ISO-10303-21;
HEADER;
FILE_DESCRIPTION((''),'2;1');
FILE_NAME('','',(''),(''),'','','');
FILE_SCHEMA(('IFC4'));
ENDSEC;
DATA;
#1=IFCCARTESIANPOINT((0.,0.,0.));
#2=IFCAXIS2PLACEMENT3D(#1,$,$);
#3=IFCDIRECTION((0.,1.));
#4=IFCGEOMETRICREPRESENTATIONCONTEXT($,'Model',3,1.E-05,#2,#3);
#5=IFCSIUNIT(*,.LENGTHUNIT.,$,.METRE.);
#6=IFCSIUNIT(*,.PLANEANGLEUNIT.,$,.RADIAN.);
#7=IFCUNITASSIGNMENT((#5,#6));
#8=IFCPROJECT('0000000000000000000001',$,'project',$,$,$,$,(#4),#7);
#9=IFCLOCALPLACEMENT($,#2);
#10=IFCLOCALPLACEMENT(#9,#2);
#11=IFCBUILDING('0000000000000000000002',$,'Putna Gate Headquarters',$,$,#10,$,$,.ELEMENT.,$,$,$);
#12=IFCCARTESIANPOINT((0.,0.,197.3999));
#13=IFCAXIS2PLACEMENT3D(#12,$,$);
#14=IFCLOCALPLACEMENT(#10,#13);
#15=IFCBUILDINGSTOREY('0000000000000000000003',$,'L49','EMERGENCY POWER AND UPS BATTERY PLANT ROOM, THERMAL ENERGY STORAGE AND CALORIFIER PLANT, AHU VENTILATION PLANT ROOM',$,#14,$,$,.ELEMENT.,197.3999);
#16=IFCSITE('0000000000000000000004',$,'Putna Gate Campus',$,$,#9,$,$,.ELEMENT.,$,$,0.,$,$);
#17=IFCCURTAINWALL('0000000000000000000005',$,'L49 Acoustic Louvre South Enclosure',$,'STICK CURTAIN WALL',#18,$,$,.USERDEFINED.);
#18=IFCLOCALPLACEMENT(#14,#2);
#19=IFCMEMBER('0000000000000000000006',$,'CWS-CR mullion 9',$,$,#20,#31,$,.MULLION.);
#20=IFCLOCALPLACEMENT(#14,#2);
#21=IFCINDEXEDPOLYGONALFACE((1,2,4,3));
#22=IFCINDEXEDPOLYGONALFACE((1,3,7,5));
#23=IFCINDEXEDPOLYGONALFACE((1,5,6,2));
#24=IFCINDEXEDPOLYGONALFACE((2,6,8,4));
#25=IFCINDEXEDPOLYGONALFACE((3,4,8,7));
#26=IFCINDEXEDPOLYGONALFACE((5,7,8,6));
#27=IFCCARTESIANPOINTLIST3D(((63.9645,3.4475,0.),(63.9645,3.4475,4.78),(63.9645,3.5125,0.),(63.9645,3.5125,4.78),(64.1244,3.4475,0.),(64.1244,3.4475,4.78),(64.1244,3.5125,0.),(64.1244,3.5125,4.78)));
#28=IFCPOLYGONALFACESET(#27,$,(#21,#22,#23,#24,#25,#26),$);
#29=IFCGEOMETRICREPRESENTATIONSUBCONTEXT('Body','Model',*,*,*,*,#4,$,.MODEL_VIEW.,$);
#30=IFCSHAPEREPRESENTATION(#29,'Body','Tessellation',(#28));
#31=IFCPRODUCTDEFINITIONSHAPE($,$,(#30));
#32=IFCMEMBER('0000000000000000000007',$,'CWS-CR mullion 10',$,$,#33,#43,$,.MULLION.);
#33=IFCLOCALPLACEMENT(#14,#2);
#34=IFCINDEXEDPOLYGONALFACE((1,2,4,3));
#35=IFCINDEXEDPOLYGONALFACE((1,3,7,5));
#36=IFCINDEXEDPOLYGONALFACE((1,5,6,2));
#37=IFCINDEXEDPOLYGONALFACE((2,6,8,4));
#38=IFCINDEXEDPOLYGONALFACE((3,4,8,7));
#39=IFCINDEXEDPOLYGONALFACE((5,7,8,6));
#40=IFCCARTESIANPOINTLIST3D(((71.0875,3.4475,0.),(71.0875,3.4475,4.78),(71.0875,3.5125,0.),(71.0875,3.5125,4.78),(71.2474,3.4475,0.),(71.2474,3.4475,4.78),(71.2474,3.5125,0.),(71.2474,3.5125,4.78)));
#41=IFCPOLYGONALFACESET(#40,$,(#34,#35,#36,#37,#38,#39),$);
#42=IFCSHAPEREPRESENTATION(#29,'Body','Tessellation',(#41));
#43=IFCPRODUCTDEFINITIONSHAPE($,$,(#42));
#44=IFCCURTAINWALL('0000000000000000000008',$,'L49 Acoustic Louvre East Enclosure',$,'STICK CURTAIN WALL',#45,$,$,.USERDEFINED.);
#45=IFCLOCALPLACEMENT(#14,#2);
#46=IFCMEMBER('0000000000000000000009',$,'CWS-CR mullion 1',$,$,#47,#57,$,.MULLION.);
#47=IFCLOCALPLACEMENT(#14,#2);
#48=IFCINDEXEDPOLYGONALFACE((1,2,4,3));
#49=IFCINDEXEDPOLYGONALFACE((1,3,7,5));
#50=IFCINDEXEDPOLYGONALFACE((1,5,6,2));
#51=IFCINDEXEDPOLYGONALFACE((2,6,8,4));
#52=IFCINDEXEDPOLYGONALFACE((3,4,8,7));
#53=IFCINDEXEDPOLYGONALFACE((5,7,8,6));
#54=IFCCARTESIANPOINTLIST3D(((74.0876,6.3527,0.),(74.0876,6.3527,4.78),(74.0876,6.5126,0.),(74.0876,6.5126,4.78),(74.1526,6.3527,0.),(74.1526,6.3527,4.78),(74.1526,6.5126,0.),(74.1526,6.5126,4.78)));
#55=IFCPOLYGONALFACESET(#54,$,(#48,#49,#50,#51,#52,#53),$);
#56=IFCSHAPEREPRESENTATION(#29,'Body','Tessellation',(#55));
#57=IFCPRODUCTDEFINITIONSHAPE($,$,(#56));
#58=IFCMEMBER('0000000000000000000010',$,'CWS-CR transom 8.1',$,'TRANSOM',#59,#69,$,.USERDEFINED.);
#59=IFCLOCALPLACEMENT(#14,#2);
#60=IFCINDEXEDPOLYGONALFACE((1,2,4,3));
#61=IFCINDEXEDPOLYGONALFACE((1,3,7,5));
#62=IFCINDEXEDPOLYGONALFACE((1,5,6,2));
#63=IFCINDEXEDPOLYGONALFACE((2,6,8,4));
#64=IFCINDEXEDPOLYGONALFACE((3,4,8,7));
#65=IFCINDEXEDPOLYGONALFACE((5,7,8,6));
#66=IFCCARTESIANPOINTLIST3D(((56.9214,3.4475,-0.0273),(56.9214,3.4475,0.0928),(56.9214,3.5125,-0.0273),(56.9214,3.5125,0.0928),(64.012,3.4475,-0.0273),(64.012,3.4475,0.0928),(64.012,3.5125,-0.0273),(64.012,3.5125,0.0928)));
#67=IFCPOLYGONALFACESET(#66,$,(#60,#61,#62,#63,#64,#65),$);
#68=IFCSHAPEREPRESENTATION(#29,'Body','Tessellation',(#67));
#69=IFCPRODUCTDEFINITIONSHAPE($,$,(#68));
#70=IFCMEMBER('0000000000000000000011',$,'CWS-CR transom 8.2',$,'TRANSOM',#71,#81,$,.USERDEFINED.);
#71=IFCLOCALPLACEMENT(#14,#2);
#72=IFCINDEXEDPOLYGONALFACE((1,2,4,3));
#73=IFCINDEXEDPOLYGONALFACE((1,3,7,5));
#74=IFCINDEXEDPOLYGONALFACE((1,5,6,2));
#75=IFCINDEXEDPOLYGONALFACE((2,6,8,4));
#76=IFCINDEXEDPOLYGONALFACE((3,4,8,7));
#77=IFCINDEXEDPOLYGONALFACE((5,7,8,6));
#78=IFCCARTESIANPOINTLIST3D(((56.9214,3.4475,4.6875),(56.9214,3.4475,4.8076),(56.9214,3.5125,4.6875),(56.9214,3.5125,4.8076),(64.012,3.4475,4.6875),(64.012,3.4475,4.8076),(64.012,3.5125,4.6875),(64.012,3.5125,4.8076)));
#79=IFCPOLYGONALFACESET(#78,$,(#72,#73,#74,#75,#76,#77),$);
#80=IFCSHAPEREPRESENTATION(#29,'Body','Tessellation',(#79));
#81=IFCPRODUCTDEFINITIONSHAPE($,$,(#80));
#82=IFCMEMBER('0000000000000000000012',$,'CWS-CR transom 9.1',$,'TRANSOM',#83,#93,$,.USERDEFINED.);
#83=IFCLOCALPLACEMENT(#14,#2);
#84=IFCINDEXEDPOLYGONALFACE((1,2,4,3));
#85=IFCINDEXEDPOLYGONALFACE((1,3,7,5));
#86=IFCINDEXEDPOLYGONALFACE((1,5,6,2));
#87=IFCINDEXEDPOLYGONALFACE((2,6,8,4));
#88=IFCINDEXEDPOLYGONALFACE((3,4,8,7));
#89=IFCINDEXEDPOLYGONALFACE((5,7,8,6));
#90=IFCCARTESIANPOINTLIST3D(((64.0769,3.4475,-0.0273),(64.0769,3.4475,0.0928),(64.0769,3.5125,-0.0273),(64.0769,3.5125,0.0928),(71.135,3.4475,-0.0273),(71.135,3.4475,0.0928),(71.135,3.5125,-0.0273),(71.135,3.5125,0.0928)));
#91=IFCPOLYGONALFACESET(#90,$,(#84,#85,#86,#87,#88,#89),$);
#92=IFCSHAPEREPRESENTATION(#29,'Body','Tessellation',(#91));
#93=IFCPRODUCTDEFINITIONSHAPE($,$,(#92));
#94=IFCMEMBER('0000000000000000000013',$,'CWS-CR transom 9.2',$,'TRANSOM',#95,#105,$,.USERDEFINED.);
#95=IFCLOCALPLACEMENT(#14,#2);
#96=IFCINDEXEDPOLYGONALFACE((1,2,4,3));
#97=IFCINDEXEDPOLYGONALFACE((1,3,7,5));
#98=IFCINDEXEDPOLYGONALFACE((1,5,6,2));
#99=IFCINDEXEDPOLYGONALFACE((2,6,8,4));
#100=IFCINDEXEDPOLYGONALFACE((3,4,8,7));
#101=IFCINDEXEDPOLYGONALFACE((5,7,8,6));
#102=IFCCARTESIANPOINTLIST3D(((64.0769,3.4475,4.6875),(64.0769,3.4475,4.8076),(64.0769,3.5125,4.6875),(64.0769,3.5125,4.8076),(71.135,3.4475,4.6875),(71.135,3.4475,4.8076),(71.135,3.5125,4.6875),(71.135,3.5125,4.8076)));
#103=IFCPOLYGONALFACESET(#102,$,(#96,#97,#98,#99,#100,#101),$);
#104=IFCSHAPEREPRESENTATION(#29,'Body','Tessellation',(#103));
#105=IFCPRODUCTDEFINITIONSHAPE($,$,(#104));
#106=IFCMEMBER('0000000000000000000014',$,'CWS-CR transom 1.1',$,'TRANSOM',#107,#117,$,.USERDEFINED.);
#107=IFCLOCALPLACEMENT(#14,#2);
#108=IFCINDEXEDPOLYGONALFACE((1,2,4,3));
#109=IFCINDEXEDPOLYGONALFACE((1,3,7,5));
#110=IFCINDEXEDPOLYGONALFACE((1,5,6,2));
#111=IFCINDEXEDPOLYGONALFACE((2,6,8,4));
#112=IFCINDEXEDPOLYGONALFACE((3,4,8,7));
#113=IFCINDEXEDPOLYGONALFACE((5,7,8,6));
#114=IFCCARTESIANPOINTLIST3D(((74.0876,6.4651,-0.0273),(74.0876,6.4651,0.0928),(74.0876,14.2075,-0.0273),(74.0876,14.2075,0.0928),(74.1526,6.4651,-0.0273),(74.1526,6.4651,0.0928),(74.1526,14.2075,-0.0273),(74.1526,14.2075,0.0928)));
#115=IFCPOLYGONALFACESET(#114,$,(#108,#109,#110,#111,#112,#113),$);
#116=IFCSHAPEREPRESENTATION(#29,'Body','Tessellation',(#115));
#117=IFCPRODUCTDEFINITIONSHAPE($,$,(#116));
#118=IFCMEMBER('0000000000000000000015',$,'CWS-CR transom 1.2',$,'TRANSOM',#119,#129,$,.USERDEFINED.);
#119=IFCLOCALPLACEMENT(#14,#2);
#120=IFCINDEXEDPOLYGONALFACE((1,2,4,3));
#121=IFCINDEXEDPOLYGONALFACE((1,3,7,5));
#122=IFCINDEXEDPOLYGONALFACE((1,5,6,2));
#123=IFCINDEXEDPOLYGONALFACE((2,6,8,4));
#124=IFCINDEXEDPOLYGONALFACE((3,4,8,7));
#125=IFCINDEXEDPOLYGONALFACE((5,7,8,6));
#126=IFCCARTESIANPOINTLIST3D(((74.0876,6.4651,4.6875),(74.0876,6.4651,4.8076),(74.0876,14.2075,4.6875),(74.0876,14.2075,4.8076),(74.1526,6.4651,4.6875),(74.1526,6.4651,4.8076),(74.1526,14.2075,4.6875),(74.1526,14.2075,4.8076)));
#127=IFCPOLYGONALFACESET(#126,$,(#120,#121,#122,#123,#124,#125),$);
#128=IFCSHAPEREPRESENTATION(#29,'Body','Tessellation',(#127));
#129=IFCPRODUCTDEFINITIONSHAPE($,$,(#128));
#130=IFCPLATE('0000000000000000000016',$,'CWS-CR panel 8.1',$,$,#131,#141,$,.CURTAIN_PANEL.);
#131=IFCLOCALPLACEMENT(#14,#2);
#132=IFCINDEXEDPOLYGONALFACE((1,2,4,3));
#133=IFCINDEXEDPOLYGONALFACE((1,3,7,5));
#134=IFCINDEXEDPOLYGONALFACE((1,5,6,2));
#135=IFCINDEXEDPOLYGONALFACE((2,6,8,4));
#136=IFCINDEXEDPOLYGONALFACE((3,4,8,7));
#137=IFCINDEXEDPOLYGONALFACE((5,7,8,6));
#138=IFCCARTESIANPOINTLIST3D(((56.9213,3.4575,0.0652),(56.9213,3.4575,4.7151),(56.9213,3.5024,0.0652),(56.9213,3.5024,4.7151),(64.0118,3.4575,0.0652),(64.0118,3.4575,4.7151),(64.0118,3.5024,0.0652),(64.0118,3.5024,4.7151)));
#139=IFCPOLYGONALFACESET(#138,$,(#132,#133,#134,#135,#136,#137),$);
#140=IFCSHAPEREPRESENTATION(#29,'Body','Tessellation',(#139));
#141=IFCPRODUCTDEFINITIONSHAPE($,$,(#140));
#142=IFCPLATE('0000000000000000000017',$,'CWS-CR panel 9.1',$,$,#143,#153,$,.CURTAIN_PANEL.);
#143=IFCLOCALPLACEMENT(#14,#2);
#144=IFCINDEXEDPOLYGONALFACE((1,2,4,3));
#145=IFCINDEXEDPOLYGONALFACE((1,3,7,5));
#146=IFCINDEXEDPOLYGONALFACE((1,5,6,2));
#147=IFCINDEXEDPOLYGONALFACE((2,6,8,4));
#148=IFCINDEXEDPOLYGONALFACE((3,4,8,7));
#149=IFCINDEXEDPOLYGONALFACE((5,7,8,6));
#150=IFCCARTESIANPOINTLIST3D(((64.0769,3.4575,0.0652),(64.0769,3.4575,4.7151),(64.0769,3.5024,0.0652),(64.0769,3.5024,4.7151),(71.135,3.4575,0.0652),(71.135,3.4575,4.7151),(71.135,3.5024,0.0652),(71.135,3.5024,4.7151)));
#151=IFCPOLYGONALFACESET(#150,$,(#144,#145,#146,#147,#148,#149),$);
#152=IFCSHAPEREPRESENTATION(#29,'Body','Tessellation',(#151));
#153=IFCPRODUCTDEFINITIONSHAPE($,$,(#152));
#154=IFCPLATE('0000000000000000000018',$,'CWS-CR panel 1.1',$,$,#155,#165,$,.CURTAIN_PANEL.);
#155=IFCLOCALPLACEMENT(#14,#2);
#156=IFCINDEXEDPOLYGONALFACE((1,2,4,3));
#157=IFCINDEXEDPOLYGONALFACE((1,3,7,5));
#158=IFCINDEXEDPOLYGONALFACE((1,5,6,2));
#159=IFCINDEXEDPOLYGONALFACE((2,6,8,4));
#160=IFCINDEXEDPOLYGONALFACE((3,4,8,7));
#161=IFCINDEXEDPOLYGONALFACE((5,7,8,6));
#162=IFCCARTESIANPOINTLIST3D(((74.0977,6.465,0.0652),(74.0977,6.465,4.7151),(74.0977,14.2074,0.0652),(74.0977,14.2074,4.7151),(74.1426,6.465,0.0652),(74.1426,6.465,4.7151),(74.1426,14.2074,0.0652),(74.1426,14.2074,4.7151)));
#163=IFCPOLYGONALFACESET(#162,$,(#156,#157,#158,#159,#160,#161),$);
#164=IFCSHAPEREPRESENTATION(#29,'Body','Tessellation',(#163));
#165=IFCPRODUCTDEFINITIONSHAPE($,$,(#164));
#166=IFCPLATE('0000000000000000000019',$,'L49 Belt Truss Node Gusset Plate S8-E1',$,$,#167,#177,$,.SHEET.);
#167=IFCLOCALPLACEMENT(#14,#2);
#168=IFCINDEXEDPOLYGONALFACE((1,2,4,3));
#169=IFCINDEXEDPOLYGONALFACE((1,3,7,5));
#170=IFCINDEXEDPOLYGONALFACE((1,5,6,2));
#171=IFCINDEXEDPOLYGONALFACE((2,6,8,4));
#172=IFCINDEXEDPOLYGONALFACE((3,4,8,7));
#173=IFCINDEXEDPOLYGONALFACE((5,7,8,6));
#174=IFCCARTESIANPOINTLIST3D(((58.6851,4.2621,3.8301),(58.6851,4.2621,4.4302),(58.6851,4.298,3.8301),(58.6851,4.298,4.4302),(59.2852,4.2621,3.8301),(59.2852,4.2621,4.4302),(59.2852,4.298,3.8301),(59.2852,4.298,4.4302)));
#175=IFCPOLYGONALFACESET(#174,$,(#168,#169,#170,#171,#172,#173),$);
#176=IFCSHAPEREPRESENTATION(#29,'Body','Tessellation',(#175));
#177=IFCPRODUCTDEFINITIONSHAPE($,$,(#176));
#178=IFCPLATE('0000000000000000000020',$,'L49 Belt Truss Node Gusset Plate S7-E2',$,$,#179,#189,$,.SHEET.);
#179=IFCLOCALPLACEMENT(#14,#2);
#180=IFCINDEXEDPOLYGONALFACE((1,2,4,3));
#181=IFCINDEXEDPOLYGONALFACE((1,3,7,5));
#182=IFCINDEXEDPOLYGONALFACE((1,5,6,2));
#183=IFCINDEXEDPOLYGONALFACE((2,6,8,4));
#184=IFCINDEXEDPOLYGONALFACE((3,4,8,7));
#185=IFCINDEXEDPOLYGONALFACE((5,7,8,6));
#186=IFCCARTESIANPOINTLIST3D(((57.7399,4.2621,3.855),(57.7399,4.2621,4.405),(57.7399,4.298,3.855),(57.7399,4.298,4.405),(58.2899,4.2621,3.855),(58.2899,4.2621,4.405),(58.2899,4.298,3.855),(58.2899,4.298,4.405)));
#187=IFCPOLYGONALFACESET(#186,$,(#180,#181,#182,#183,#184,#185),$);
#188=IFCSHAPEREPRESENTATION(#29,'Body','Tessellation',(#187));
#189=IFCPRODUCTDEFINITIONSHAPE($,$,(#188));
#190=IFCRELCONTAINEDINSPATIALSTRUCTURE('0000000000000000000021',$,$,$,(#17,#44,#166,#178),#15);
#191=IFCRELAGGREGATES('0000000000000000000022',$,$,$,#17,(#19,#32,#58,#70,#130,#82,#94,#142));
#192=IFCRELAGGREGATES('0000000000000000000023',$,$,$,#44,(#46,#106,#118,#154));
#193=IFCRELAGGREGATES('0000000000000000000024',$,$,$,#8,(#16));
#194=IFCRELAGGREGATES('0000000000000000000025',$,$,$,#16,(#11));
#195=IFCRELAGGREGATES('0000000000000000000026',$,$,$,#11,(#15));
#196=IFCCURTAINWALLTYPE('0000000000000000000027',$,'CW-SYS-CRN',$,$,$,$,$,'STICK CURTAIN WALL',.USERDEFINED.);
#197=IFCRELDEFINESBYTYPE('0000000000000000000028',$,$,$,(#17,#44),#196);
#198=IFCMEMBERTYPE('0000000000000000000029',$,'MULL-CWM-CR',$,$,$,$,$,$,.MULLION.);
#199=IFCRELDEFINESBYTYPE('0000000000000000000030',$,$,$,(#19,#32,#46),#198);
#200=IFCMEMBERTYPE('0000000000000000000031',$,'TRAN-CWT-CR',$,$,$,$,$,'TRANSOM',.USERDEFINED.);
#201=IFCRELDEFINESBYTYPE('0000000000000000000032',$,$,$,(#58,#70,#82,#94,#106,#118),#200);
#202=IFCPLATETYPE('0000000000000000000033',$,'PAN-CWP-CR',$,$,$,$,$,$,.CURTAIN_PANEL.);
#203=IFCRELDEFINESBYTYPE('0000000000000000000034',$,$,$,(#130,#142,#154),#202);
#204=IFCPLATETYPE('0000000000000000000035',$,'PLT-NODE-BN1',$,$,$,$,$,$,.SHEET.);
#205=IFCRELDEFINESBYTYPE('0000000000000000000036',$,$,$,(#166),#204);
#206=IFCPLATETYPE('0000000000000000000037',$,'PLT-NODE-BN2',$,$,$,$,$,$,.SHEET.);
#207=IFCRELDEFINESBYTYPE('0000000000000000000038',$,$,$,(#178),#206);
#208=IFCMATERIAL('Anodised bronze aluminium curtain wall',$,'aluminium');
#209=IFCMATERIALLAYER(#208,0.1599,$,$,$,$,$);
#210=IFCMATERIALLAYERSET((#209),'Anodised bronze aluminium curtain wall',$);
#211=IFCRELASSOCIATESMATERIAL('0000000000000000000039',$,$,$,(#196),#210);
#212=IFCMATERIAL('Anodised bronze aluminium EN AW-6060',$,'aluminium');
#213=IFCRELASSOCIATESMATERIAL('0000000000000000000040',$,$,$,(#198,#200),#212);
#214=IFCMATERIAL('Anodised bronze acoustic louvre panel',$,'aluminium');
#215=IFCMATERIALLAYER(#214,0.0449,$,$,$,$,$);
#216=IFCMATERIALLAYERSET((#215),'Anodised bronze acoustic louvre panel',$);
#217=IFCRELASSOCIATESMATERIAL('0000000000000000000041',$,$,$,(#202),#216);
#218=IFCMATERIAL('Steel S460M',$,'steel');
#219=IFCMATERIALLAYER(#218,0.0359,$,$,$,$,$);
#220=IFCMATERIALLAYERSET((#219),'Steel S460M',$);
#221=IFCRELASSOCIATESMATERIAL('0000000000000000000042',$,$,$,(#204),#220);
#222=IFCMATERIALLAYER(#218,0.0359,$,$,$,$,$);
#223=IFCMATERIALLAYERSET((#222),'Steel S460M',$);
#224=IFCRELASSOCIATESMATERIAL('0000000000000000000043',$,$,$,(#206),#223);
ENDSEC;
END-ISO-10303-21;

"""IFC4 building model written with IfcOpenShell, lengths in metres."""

from ifc_helpers import new_model, si_unit, direction, frame, origin, origin_2d, place, context, subcontext, project, spatial, rectangle, extrude, material, layer, layer_set, material_profile, profile_set, type_object, element, aggregate, save


model = new_model("IFC4")

# Units and contexts
model_context = context("Model", 3, precision=1e-05, world=origin(), true_north=direction((0.0, 1.0)))
body_context = subcontext(model_context, "Body", "Model", "MODEL_VIEW")
ifc_project = project(units=[si_unit("LENGTHUNIT", "METRE"), si_unit("PLANEANGLEUNIT", "RADIAN")], contexts=[model_context])

# Site, building, storey
site_placement = place(None, origin())
site = spatial("IfcSite", under=ifc_project, at=site_placement, Name="Putna Gate Campus", CompositionType="ELEMENT", RefElevation=0.0)
building_placement = place(site_placement, origin())
building = spatial("IfcBuilding", under=site, at=building_placement, Name="Putna Gate Headquarters", CompositionType="ELEMENT")
storey_placement = place(building_placement, frame((0.0, 0.0, 197.3999)))
storey = spatial("IfcBuildingStorey", under=building, at=storey_placement, Name="L49", Description="EMERGENCY POWER AND UPS BATTERY PLANT ROOM, THERMAL ENERGY STORAGE AND CALORIFIER PLANT, AHU VENTILATION PLANT ROOM", CompositionType="ELEMENT", Elevation=197.3999)

# Shared definitions
ifc_material_1 = material(Name="Steel S460M", Category="steel")

# Curtain wall, members
ifc_material_2 = material(Name="Anodised bronze aluminium curtain wall", Category="aluminium")
ifc_layer_1 = layer(ifc_material_2, 0.1599)
ifc_layer_set_1 = layer_set([ifc_layer_1], Name="Anodised bronze aluminium curtain wall")
curtain_wall_type = type_object("IfcCurtainWallType", Name="CW-SYS-CRN", ElementType="STICK CURTAIN WALL", PredefinedType="USERDEFINED", material=ifc_layer_set_1)
curtain_wall_1_placement = place(storey_placement, origin())
curtain_wall_1 = element("IfcCurtainWall", 1, at=curtain_wall_1_placement, inside=storey, type_object=curtain_wall_type, Name="L49 Acoustic Louvre South Enclosure", ObjectType="STICK CURTAIN WALL", PredefinedType="USERDEFINED")
ifc_material_3 = material(Name="Anodised bronze aluminium EN AW-6060", Category="aluminium")
ifc_material_profile_1 = material_profile(ifc_material_3, rectangle(XDim=0.0649, YDim=0.1599, at=origin_2d()), Name="Anodised bronze aluminium EN AW-6060")
ifc_profile_set_1 = profile_set([ifc_material_profile_1], Name="Anodised bronze aluminium EN AW-6060")
member_type_1 = type_object("IfcMemberType", Name="MULL-CWM-CR", PredefinedType="MULLION", material=ifc_profile_set_1)
member_1_placement = place(storey_placement, frame((64.0444, 3.48, 0.0), z_axis=(0.0, 0.0, 1.0), x_axis=(0.0, 1.0, 0.0)))
member_1 = element("IfcMember", 2, at=member_1_placement, type_object=member_type_1, Name="CWS-CR mullion 9", PredefinedType="MULLION", context=body_context, shape_type="SweptSolid", body=[
    extrude(rectangle(XDim=0.0649, YDim=0.1599, at=origin_2d()), origin(), (0.0, 0.0, 1.0), 4.78),
])
member_2_placement = place(storey_placement, frame((71.1675, 3.48, 0.0), z_axis=(0.0, 0.0, 1.0), x_axis=(0.0, 1.0, 0.0)))
member_2 = element("IfcMember", 3, at=member_2_placement, type_object=member_type_1, Name="CWS-CR mullion 10", PredefinedType="MULLION", context=body_context, shape_type="SweptSolid", body=[
    extrude(rectangle(XDim=0.0649, YDim=0.1599, at=origin_2d()), origin(), (0.0, 0.0, 1.0), 4.78),
])

# Curtain wall, member
curtain_wall_2_placement = place(storey_placement, origin())
curtain_wall_2 = element("IfcCurtainWall", 4, at=curtain_wall_2_placement, inside=storey, type_object=curtain_wall_type, Name="L49 Acoustic Louvre East Enclosure", ObjectType="STICK CURTAIN WALL", PredefinedType="USERDEFINED")
member_3_placement = place(storey_placement, frame((74.1201, 6.4326, 0.0), z_axis=(0.0, 0.0, 1.0), x_axis=(-1.0, 0.0, 0.0)))
member_3 = element("IfcMember", 5, at=member_3_placement, type_object=member_type_1, Name="CWS-CR mullion 1", PredefinedType="MULLION", context=body_context, shape_type="SweptSolid", body=[
    extrude(rectangle(XDim=0.0649, YDim=0.1599, at=origin_2d()), origin(), (0.0, 0.0, 1.0), 4.78),
])

# Members
ifc_material_profile_2 = material_profile(ifc_material_3, rectangle(XDim=0.0649, YDim=0.1201, at=origin_2d()), Name="Anodised bronze aluminium EN AW-6060")
ifc_profile_set_2 = profile_set([ifc_material_profile_2], Name="Anodised bronze aluminium EN AW-6060")
member_type_2 = type_object("IfcMemberType", Name="TRAN-CWT-CR", ElementType="TRANSOM", PredefinedType="USERDEFINED", material=ifc_profile_set_2)
member_4_placement = place(storey_placement, frame((56.9214, 3.48, 0.0327), z_axis=(1.0, 0.0, 0.0), x_axis=(0.0, 1.0, 0.0)))
member_4 = element("IfcMember", 6, at=member_4_placement, type_object=member_type_2, Name="CWS-CR transom 8.1", ObjectType="TRANSOM", PredefinedType="USERDEFINED", context=body_context, shape_type="SweptSolid", body=[
    extrude(rectangle(XDim=0.0649, YDim=0.1201, at=origin_2d()), origin(), (0.0, 0.0, 1.0), 7.0906),
])
member_5_placement = place(storey_placement, frame((56.9214, 3.48, 4.7476), z_axis=(1.0, 0.0, 0.0), x_axis=(0.0, 1.0, 0.0)))
member_5 = element("IfcMember", 7, at=member_5_placement, type_object=member_type_2, Name="CWS-CR transom 8.2", ObjectType="TRANSOM", PredefinedType="USERDEFINED", context=body_context, shape_type="SweptSolid", body=[
    extrude(rectangle(XDim=0.0649, YDim=0.1201, at=origin_2d()), origin(), (0.0, 0.0, 1.0), 7.0906),
])
member_6_placement = place(storey_placement, frame((64.0769, 3.48, 0.0327), z_axis=(1.0, 0.0, 0.0), x_axis=(0.0, 1.0, 0.0)))
member_6 = element("IfcMember", 8, at=member_6_placement, type_object=member_type_2, Name="CWS-CR transom 9.1", ObjectType="TRANSOM", PredefinedType="USERDEFINED", context=body_context, shape_type="SweptSolid", body=[
    extrude(rectangle(XDim=0.0649, YDim=0.1201, at=origin_2d()), origin(), (0.0, 0.0, 1.0), 7.0581),
])
member_7_placement = place(storey_placement, frame((64.0769, 3.48, 4.7476), z_axis=(1.0, 0.0, 0.0), x_axis=(0.0, 1.0, 0.0)))
member_7 = element("IfcMember", 9, at=member_7_placement, type_object=member_type_2, Name="CWS-CR transom 9.2", ObjectType="TRANSOM", PredefinedType="USERDEFINED", context=body_context, shape_type="SweptSolid", body=[
    extrude(rectangle(XDim=0.0649, YDim=0.1201, at=origin_2d()), origin(), (0.0, 0.0, 1.0), 7.0581),
])
member_8_placement = place(storey_placement, frame((74.1201, 6.4651, 0.0327), z_axis=(0.0, 1.0, 0.0), x_axis=(-1.0, 0.0, 0.0)))
member_8 = element("IfcMember", 10, at=member_8_placement, type_object=member_type_2, Name="CWS-CR transom 1.1", ObjectType="TRANSOM", PredefinedType="USERDEFINED", context=body_context, shape_type="SweptSolid", body=[
    extrude(rectangle(XDim=0.0649, YDim=0.1201, at=origin_2d()), origin(), (0.0, 0.0, 1.0), 7.7424),
])
member_9_placement = place(storey_placement, frame((74.1201, 6.4651, 4.7476), z_axis=(0.0, 1.0, 0.0), x_axis=(-1.0, 0.0, 0.0)))
member_9 = element("IfcMember", 11, at=member_9_placement, type_object=member_type_2, Name="CWS-CR transom 1.2", ObjectType="TRANSOM", PredefinedType="USERDEFINED", context=body_context, shape_type="SweptSolid", body=[
    extrude(rectangle(XDim=0.0649, YDim=0.1201, at=origin_2d()), origin(), (0.0, 0.0, 1.0), 7.7424),
])

# Plates
ifc_material_4 = material(Name="Anodised bronze acoustic louvre panel", Category="aluminium")
ifc_layer_2 = layer(ifc_material_4, 0.0449)
ifc_layer_set_2 = layer_set([ifc_layer_2], Name="Anodised bronze acoustic louvre panel")
plate_type_1 = type_object("IfcPlateType", Name="PAN-CWP-CR", PredefinedType="CURTAIN_PANEL", material=ifc_layer_set_2)
plate_1_placement = place(storey_placement, frame((60.4666, 3.48, 0.0652), z_axis=(0.0, 0.0, 1.0), x_axis=(1.0, 0.0, 0.0)))
plate_1 = element("IfcPlate", 12, at=plate_1_placement, type_object=plate_type_1, Name="CWS-CR panel 8.1", PredefinedType="CURTAIN_PANEL", context=body_context, shape_type="SweptSolid", body=[
    extrude(rectangle(XDim=7.0906, YDim=0.0449, at=origin_2d()), origin(), (0.0, 0.0, 1.0), 4.6499),
])
plate_2_placement = place(storey_placement, frame((67.606, 3.48, 0.0652), z_axis=(0.0, 0.0, 1.0), x_axis=(1.0, 0.0, 0.0)))
plate_2 = element("IfcPlate", 13, at=plate_2_placement, type_object=plate_type_1, Name="CWS-CR panel 9.1", PredefinedType="CURTAIN_PANEL", context=body_context, shape_type="SweptSolid", body=[
    extrude(rectangle(XDim=7.0581, YDim=0.0449, at=origin_2d()), origin(), (0.0, 0.0, 1.0), 4.6499),
])
aggregate(curtain_wall_1, [member_1, member_2, member_4, member_5, plate_1, member_6, member_7, plate_2])
plate_3_placement = place(storey_placement, frame((74.1201, 10.3362, 0.0652), z_axis=(0.0, 0.0, 1.0), x_axis=(0.0, 1.0, 0.0)))
plate_3 = element("IfcPlate", 14, at=plate_3_placement, type_object=plate_type_1, Name="CWS-CR panel 1.1", PredefinedType="CURTAIN_PANEL", context=body_context, shape_type="SweptSolid", body=[
    extrude(rectangle(XDim=7.7424, YDim=0.0449, at=origin_2d()), origin(), (0.0, 0.0, 1.0), 4.6499),
])
aggregate(curtain_wall_2, [member_3, member_8, member_9, plate_3])

# Plates
ifc_layer_3 = layer(ifc_material_1, 0.0359)
ifc_layer_set_3 = layer_set([ifc_layer_3], Name="Steel S460M")
plate_type_2 = type_object("IfcPlateType", Name="PLT-NODE-BN1", PredefinedType="SHEET", material=ifc_layer_set_3)
plate_4_placement = place(storey_placement, frame((58.9851, 4.28, 3.8301), z_axis=(0.0, 0.0, 1.0), x_axis=(1.0, 0.0, 0.0)))
element("IfcPlate", 15, at=plate_4_placement, inside=storey, type_object=plate_type_2, Name="L49 Belt Truss Node Gusset Plate S8-E1", PredefinedType="SHEET", context=body_context, shape_type="SweptSolid", body=[
    extrude(rectangle(XDim=0.6001, YDim=0.0359, at=origin_2d()), origin(), (0.0, 0.0, 1.0), 0.6001),
])
ifc_layer_4 = layer(ifc_material_1, 0.0359)
ifc_layer_set_4 = layer_set([ifc_layer_4], Name="Steel S460M")
plate_type_3 = type_object("IfcPlateType", Name="PLT-NODE-BN2", PredefinedType="SHEET", material=ifc_layer_set_4)
for number, where, z_axis, x_axis, name in (
    (16, (58.0149, 4.28, 3.855), (0.0, 0.0, 1.0), (1.0, 0.0, 0.0), "L49 Belt Truss Node Gusset Plate S7-E2"),
):
    element("IfcPlate", number, at=place(storey_placement, frame(where, z_axis=z_axis, x_axis=x_axis)), inside=storey, type_object=plate_type_3, Name=name, PredefinedType="SHEET", context=body_context, shape_type="SweptSolid", body=[
        extrude(rectangle(XDim=0.55, YDim=0.0359, at=origin_2d()), origin(), (0.0, 0.0, 1.0), 0.55),
    ])

save(model, "model.ifc")
